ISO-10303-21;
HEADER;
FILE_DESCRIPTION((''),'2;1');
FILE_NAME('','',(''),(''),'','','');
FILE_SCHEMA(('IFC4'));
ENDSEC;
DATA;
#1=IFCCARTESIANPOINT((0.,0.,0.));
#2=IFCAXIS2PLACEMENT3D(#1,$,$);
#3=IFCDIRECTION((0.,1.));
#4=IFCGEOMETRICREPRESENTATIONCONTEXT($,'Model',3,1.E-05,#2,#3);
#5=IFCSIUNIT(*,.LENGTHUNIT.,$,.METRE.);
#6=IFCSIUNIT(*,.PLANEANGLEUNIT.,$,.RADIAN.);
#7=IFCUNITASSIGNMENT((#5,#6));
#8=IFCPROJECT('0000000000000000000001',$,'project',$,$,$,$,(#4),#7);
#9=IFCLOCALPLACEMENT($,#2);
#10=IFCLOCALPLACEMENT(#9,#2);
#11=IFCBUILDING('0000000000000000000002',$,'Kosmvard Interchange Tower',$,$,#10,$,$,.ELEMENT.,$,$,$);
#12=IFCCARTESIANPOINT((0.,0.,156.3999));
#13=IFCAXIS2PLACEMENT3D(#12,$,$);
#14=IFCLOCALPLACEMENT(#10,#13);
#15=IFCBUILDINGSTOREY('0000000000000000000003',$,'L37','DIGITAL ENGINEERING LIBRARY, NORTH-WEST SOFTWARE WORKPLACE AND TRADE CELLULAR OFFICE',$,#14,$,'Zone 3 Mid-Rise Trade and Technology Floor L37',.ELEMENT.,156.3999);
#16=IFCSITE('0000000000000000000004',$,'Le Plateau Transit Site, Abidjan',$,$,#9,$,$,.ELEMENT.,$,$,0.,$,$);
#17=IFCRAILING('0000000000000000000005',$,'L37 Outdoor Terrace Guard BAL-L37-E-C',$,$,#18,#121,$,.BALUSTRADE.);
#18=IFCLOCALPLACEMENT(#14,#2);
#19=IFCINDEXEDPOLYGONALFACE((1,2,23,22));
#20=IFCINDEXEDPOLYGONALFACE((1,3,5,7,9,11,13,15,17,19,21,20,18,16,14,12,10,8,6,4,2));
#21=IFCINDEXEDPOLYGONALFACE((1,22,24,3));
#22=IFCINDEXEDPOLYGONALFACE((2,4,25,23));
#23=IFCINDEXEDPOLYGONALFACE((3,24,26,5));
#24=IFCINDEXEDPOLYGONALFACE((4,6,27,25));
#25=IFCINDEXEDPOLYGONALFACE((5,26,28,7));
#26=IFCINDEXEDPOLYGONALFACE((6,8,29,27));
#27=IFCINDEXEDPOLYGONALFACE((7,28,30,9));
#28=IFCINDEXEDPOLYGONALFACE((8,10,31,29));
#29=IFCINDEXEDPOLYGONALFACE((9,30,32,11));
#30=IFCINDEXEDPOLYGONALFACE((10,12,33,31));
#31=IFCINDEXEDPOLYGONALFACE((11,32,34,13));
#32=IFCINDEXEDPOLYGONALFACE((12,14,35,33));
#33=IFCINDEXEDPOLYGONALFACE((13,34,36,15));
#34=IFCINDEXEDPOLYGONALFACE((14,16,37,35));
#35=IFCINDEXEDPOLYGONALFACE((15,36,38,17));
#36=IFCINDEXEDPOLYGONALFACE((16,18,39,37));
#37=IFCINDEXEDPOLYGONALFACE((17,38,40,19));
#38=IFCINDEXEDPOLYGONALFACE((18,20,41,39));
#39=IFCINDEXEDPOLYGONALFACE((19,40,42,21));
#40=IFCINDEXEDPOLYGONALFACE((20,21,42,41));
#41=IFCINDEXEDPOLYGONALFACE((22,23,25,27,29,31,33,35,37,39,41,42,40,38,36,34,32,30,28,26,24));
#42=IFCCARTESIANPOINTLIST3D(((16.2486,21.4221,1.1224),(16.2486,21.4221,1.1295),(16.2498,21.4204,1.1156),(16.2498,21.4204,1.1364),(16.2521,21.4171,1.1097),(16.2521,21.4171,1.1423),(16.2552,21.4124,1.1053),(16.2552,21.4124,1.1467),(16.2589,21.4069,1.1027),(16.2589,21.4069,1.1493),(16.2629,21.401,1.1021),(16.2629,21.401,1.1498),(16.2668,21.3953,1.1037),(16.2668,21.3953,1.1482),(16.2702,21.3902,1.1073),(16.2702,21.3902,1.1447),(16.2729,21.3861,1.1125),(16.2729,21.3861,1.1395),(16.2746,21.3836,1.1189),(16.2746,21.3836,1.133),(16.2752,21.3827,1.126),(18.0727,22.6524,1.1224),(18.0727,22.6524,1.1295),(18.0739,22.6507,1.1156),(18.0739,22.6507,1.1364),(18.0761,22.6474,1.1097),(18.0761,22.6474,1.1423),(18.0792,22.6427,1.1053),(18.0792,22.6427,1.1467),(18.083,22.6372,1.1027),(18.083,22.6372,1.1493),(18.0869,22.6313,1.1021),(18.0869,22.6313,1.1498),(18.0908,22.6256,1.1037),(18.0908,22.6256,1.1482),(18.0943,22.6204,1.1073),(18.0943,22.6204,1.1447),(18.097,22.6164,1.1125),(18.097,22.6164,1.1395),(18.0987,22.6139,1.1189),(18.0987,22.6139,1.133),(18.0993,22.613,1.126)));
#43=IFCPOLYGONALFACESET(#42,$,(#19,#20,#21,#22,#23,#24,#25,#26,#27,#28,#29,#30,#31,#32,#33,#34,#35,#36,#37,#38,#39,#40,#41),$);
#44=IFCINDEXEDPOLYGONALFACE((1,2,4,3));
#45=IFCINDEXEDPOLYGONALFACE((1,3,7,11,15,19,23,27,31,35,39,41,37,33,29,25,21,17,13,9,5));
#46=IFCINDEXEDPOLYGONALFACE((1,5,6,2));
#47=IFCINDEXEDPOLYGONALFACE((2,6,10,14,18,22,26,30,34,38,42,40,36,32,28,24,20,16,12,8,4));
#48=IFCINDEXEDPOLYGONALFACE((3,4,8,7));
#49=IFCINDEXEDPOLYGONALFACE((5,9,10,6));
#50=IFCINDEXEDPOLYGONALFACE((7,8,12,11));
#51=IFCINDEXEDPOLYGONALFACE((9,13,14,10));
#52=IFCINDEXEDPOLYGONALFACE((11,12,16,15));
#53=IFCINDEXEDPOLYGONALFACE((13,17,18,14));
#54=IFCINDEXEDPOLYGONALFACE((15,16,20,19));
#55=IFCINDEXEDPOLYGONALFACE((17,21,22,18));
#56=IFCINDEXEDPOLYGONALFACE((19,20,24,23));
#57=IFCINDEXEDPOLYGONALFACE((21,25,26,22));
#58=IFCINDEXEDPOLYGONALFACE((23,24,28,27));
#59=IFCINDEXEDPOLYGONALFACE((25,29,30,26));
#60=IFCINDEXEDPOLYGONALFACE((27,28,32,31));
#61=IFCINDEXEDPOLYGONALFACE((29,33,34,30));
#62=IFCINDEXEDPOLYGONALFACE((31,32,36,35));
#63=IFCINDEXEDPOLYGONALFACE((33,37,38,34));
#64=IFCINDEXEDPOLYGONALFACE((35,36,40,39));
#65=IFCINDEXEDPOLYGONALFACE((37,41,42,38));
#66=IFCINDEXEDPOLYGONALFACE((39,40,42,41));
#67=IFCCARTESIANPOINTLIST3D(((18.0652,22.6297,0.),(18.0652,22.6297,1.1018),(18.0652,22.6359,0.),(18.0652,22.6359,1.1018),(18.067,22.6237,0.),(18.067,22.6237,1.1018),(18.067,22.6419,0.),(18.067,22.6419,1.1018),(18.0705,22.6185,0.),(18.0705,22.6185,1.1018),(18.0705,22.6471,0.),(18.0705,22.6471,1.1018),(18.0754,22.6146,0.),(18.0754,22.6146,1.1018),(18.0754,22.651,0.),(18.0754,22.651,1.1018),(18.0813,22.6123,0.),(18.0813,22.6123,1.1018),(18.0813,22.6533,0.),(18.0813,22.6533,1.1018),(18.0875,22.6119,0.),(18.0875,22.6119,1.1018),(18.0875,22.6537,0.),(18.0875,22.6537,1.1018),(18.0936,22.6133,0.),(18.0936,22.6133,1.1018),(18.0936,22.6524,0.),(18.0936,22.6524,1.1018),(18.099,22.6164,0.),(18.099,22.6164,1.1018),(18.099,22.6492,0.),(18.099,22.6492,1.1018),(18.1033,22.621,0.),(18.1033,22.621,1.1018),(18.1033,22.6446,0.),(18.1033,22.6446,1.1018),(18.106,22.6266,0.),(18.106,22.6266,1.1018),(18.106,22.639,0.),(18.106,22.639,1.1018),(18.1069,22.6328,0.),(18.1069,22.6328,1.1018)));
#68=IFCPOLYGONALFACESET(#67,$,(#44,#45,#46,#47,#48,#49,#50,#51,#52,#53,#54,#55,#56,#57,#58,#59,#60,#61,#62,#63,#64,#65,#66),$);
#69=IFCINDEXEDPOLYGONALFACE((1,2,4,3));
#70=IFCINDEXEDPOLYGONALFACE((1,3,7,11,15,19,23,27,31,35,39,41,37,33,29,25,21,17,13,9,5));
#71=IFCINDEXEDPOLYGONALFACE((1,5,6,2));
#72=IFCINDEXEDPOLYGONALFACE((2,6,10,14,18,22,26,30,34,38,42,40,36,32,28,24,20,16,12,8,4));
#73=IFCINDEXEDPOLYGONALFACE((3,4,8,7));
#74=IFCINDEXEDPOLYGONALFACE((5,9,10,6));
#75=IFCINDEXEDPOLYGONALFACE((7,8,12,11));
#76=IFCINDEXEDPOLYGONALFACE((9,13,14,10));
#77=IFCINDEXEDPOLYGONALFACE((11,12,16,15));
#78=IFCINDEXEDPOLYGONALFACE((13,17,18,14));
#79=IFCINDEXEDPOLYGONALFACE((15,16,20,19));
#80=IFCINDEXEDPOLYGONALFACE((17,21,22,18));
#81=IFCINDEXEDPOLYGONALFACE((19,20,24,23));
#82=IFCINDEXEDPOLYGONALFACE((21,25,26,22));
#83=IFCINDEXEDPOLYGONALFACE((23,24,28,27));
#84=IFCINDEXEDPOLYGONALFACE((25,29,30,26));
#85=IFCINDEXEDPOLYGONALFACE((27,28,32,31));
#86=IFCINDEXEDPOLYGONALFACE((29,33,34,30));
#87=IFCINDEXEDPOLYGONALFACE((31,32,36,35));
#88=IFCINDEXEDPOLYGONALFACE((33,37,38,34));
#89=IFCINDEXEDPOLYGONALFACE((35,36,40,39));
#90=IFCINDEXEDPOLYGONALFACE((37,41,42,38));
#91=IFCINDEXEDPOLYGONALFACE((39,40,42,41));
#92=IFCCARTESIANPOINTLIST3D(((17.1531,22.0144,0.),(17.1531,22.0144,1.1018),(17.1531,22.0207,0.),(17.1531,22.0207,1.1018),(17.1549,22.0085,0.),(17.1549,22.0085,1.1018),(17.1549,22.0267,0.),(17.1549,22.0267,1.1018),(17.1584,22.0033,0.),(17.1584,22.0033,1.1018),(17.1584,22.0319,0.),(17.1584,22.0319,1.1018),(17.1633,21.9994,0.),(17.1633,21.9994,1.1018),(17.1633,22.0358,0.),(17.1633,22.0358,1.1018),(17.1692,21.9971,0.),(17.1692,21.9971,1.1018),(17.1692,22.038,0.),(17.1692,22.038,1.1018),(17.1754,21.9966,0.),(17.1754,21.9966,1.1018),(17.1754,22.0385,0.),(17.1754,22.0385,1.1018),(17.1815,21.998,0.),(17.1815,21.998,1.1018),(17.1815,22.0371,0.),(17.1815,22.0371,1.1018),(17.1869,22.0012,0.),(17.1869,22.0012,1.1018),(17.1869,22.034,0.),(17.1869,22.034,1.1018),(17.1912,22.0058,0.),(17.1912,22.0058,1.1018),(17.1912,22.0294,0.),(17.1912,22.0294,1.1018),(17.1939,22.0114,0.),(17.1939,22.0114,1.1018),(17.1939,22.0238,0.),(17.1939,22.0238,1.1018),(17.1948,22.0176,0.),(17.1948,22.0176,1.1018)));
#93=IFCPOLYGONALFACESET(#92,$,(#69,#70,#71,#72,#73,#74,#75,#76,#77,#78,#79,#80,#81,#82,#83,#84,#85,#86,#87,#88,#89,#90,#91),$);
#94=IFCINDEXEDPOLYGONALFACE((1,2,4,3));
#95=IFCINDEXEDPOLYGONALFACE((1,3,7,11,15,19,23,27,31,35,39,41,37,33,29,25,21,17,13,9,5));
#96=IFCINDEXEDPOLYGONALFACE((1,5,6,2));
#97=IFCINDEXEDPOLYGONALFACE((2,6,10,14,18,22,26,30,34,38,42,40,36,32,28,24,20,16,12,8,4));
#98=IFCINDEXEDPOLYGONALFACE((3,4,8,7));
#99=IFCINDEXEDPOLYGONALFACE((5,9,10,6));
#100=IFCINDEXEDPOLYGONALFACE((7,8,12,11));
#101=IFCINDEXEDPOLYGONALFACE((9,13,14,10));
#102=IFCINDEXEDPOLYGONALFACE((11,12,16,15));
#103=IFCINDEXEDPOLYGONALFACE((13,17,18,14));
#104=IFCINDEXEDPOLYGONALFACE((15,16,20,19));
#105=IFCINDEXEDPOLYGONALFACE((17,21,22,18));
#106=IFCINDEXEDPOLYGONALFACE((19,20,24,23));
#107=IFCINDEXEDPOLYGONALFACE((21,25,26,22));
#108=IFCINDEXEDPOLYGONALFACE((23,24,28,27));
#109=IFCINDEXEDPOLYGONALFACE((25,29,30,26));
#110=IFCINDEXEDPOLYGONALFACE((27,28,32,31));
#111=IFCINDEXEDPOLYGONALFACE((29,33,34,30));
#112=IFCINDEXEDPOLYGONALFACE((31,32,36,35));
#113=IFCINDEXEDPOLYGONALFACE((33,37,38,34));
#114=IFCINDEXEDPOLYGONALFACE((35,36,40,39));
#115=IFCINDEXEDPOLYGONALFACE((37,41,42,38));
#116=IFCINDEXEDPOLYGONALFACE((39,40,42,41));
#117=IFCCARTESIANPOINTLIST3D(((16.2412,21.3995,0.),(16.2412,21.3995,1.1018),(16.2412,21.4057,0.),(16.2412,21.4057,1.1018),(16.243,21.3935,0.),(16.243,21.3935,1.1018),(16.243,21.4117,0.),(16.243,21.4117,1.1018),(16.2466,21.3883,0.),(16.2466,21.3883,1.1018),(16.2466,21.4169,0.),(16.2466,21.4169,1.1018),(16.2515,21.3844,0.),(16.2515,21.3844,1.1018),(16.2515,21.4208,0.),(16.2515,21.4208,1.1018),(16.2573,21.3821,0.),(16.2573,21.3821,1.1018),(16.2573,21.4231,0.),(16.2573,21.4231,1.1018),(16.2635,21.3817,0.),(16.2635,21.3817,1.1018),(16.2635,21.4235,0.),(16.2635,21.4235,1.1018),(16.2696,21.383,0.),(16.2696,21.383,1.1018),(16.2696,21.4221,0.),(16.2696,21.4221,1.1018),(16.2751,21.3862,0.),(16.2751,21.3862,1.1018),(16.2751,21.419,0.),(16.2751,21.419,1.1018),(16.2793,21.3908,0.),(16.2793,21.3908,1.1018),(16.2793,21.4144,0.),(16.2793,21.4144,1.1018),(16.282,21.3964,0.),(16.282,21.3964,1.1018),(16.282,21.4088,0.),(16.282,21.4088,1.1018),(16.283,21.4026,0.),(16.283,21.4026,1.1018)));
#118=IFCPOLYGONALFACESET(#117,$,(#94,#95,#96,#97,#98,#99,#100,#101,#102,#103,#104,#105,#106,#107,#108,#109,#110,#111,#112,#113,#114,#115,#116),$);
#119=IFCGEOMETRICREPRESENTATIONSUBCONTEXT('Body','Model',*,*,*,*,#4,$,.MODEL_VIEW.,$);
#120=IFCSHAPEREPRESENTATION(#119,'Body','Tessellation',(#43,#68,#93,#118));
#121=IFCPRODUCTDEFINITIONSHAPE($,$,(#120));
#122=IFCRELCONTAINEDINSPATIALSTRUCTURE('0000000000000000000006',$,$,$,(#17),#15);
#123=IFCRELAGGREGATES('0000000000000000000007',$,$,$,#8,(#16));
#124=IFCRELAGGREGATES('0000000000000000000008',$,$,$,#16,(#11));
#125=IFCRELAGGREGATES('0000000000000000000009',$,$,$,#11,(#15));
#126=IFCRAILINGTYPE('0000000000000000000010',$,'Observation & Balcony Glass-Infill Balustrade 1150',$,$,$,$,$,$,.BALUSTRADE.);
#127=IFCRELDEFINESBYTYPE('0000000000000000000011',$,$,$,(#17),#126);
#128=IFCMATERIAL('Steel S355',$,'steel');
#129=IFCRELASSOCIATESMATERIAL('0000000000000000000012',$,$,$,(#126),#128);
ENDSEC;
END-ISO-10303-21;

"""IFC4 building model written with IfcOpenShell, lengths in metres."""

from ifc_helpers import new_model, si_unit, direction, frame, origin, origin_2d, place, context, subcontext, project, spatial, circle, extrude, source, transform, mapped, material, type_object, element, save


model = new_model("IFC4")

# Units and contexts
model_context = context("Model", 3, precision=1e-05, world=origin(), true_north=direction((0.0, 1.0)))
body_context = subcontext(model_context, "Body", "Model", "MODEL_VIEW")
ifc_project = project(units=[si_unit("LENGTHUNIT", "METRE"), si_unit("PLANEANGLEUNIT", "RADIAN")], contexts=[model_context])

# Site, building, storey
site_placement = place(None, origin())
site = spatial("IfcSite", under=ifc_project, at=site_placement, Name="Le Plateau Transit Site, Abidjan", CompositionType="ELEMENT", RefElevation=0.0)
building_placement = place(site_placement, origin())
building = spatial("IfcBuilding", under=site, at=building_placement, Name="Kosmvard Interchange Tower", CompositionType="ELEMENT")
storey_placement = place(building_placement, frame((0.0, 0.0, 156.3999)))
storey = spatial("IfcBuildingStorey", under=building, at=storey_placement, Name="L37", Description="DIGITAL ENGINEERING LIBRARY, NORTH-WEST SOFTWARE WORKPLACE AND TRADE CELLULAR OFFICE", LongName="Zone 3 Mid-Rise Trade and Technology Floor L37", CompositionType="ELEMENT", Elevation=156.3999)

# Shared definitions
ifc_material_1 = material(Name="Steel S355", Category="steel")

# Railing
railing_type_1 = type_object("IfcRailingType", Name="Observation & Balcony Glass-Infill Balustrade 1150", PredefinedType="BALUSTRADE", material=ifc_material_1)
shared_shape_1 = source(origin(), body_context, "Body", "SweptSolid", [
    extrude(circle(Radius=0.0239, at=origin_2d()), frame((0.0, 0.0, 1.126), z_axis=(-0.829051, -0.559174, 0.0), x_axis=(0.559174, -0.829051, 0.0)), (0.0, 0.0, 1.0), 2.2002),
    extrude(circle(Radius=0.021, at=origin_2d()), origin(), (0.0, 0.0, 1.0), 1.1018),
    extrude(circle(Radius=0.021, at=origin_2d()), frame((-0.9121, -0.6152, 0.0)), (0.0, 0.0, 1.0), 1.1018),
    extrude(circle(Radius=0.021, at=origin_2d()), frame((-1.824, -1.2302, 0.0)), (0.0, 0.0, 1.0), 1.1018),
])
railing_1_placement = place(storey_placement, frame((18.0859, 22.6328, 0.0)))
element("IfcRailing", 1, at=railing_1_placement, inside=storey, type_object=railing_type_1, Name="L37 Outdoor Terrace Guard BAL-L37-E-C", PredefinedType="BALUSTRADE", context=body_context, shape_type="MappedRepresentation", body=[
    mapped(shared_shape_1, transform((0.0, 0.0, 0.0), scale=1.0)),
])

save(model, "model.ifc")
